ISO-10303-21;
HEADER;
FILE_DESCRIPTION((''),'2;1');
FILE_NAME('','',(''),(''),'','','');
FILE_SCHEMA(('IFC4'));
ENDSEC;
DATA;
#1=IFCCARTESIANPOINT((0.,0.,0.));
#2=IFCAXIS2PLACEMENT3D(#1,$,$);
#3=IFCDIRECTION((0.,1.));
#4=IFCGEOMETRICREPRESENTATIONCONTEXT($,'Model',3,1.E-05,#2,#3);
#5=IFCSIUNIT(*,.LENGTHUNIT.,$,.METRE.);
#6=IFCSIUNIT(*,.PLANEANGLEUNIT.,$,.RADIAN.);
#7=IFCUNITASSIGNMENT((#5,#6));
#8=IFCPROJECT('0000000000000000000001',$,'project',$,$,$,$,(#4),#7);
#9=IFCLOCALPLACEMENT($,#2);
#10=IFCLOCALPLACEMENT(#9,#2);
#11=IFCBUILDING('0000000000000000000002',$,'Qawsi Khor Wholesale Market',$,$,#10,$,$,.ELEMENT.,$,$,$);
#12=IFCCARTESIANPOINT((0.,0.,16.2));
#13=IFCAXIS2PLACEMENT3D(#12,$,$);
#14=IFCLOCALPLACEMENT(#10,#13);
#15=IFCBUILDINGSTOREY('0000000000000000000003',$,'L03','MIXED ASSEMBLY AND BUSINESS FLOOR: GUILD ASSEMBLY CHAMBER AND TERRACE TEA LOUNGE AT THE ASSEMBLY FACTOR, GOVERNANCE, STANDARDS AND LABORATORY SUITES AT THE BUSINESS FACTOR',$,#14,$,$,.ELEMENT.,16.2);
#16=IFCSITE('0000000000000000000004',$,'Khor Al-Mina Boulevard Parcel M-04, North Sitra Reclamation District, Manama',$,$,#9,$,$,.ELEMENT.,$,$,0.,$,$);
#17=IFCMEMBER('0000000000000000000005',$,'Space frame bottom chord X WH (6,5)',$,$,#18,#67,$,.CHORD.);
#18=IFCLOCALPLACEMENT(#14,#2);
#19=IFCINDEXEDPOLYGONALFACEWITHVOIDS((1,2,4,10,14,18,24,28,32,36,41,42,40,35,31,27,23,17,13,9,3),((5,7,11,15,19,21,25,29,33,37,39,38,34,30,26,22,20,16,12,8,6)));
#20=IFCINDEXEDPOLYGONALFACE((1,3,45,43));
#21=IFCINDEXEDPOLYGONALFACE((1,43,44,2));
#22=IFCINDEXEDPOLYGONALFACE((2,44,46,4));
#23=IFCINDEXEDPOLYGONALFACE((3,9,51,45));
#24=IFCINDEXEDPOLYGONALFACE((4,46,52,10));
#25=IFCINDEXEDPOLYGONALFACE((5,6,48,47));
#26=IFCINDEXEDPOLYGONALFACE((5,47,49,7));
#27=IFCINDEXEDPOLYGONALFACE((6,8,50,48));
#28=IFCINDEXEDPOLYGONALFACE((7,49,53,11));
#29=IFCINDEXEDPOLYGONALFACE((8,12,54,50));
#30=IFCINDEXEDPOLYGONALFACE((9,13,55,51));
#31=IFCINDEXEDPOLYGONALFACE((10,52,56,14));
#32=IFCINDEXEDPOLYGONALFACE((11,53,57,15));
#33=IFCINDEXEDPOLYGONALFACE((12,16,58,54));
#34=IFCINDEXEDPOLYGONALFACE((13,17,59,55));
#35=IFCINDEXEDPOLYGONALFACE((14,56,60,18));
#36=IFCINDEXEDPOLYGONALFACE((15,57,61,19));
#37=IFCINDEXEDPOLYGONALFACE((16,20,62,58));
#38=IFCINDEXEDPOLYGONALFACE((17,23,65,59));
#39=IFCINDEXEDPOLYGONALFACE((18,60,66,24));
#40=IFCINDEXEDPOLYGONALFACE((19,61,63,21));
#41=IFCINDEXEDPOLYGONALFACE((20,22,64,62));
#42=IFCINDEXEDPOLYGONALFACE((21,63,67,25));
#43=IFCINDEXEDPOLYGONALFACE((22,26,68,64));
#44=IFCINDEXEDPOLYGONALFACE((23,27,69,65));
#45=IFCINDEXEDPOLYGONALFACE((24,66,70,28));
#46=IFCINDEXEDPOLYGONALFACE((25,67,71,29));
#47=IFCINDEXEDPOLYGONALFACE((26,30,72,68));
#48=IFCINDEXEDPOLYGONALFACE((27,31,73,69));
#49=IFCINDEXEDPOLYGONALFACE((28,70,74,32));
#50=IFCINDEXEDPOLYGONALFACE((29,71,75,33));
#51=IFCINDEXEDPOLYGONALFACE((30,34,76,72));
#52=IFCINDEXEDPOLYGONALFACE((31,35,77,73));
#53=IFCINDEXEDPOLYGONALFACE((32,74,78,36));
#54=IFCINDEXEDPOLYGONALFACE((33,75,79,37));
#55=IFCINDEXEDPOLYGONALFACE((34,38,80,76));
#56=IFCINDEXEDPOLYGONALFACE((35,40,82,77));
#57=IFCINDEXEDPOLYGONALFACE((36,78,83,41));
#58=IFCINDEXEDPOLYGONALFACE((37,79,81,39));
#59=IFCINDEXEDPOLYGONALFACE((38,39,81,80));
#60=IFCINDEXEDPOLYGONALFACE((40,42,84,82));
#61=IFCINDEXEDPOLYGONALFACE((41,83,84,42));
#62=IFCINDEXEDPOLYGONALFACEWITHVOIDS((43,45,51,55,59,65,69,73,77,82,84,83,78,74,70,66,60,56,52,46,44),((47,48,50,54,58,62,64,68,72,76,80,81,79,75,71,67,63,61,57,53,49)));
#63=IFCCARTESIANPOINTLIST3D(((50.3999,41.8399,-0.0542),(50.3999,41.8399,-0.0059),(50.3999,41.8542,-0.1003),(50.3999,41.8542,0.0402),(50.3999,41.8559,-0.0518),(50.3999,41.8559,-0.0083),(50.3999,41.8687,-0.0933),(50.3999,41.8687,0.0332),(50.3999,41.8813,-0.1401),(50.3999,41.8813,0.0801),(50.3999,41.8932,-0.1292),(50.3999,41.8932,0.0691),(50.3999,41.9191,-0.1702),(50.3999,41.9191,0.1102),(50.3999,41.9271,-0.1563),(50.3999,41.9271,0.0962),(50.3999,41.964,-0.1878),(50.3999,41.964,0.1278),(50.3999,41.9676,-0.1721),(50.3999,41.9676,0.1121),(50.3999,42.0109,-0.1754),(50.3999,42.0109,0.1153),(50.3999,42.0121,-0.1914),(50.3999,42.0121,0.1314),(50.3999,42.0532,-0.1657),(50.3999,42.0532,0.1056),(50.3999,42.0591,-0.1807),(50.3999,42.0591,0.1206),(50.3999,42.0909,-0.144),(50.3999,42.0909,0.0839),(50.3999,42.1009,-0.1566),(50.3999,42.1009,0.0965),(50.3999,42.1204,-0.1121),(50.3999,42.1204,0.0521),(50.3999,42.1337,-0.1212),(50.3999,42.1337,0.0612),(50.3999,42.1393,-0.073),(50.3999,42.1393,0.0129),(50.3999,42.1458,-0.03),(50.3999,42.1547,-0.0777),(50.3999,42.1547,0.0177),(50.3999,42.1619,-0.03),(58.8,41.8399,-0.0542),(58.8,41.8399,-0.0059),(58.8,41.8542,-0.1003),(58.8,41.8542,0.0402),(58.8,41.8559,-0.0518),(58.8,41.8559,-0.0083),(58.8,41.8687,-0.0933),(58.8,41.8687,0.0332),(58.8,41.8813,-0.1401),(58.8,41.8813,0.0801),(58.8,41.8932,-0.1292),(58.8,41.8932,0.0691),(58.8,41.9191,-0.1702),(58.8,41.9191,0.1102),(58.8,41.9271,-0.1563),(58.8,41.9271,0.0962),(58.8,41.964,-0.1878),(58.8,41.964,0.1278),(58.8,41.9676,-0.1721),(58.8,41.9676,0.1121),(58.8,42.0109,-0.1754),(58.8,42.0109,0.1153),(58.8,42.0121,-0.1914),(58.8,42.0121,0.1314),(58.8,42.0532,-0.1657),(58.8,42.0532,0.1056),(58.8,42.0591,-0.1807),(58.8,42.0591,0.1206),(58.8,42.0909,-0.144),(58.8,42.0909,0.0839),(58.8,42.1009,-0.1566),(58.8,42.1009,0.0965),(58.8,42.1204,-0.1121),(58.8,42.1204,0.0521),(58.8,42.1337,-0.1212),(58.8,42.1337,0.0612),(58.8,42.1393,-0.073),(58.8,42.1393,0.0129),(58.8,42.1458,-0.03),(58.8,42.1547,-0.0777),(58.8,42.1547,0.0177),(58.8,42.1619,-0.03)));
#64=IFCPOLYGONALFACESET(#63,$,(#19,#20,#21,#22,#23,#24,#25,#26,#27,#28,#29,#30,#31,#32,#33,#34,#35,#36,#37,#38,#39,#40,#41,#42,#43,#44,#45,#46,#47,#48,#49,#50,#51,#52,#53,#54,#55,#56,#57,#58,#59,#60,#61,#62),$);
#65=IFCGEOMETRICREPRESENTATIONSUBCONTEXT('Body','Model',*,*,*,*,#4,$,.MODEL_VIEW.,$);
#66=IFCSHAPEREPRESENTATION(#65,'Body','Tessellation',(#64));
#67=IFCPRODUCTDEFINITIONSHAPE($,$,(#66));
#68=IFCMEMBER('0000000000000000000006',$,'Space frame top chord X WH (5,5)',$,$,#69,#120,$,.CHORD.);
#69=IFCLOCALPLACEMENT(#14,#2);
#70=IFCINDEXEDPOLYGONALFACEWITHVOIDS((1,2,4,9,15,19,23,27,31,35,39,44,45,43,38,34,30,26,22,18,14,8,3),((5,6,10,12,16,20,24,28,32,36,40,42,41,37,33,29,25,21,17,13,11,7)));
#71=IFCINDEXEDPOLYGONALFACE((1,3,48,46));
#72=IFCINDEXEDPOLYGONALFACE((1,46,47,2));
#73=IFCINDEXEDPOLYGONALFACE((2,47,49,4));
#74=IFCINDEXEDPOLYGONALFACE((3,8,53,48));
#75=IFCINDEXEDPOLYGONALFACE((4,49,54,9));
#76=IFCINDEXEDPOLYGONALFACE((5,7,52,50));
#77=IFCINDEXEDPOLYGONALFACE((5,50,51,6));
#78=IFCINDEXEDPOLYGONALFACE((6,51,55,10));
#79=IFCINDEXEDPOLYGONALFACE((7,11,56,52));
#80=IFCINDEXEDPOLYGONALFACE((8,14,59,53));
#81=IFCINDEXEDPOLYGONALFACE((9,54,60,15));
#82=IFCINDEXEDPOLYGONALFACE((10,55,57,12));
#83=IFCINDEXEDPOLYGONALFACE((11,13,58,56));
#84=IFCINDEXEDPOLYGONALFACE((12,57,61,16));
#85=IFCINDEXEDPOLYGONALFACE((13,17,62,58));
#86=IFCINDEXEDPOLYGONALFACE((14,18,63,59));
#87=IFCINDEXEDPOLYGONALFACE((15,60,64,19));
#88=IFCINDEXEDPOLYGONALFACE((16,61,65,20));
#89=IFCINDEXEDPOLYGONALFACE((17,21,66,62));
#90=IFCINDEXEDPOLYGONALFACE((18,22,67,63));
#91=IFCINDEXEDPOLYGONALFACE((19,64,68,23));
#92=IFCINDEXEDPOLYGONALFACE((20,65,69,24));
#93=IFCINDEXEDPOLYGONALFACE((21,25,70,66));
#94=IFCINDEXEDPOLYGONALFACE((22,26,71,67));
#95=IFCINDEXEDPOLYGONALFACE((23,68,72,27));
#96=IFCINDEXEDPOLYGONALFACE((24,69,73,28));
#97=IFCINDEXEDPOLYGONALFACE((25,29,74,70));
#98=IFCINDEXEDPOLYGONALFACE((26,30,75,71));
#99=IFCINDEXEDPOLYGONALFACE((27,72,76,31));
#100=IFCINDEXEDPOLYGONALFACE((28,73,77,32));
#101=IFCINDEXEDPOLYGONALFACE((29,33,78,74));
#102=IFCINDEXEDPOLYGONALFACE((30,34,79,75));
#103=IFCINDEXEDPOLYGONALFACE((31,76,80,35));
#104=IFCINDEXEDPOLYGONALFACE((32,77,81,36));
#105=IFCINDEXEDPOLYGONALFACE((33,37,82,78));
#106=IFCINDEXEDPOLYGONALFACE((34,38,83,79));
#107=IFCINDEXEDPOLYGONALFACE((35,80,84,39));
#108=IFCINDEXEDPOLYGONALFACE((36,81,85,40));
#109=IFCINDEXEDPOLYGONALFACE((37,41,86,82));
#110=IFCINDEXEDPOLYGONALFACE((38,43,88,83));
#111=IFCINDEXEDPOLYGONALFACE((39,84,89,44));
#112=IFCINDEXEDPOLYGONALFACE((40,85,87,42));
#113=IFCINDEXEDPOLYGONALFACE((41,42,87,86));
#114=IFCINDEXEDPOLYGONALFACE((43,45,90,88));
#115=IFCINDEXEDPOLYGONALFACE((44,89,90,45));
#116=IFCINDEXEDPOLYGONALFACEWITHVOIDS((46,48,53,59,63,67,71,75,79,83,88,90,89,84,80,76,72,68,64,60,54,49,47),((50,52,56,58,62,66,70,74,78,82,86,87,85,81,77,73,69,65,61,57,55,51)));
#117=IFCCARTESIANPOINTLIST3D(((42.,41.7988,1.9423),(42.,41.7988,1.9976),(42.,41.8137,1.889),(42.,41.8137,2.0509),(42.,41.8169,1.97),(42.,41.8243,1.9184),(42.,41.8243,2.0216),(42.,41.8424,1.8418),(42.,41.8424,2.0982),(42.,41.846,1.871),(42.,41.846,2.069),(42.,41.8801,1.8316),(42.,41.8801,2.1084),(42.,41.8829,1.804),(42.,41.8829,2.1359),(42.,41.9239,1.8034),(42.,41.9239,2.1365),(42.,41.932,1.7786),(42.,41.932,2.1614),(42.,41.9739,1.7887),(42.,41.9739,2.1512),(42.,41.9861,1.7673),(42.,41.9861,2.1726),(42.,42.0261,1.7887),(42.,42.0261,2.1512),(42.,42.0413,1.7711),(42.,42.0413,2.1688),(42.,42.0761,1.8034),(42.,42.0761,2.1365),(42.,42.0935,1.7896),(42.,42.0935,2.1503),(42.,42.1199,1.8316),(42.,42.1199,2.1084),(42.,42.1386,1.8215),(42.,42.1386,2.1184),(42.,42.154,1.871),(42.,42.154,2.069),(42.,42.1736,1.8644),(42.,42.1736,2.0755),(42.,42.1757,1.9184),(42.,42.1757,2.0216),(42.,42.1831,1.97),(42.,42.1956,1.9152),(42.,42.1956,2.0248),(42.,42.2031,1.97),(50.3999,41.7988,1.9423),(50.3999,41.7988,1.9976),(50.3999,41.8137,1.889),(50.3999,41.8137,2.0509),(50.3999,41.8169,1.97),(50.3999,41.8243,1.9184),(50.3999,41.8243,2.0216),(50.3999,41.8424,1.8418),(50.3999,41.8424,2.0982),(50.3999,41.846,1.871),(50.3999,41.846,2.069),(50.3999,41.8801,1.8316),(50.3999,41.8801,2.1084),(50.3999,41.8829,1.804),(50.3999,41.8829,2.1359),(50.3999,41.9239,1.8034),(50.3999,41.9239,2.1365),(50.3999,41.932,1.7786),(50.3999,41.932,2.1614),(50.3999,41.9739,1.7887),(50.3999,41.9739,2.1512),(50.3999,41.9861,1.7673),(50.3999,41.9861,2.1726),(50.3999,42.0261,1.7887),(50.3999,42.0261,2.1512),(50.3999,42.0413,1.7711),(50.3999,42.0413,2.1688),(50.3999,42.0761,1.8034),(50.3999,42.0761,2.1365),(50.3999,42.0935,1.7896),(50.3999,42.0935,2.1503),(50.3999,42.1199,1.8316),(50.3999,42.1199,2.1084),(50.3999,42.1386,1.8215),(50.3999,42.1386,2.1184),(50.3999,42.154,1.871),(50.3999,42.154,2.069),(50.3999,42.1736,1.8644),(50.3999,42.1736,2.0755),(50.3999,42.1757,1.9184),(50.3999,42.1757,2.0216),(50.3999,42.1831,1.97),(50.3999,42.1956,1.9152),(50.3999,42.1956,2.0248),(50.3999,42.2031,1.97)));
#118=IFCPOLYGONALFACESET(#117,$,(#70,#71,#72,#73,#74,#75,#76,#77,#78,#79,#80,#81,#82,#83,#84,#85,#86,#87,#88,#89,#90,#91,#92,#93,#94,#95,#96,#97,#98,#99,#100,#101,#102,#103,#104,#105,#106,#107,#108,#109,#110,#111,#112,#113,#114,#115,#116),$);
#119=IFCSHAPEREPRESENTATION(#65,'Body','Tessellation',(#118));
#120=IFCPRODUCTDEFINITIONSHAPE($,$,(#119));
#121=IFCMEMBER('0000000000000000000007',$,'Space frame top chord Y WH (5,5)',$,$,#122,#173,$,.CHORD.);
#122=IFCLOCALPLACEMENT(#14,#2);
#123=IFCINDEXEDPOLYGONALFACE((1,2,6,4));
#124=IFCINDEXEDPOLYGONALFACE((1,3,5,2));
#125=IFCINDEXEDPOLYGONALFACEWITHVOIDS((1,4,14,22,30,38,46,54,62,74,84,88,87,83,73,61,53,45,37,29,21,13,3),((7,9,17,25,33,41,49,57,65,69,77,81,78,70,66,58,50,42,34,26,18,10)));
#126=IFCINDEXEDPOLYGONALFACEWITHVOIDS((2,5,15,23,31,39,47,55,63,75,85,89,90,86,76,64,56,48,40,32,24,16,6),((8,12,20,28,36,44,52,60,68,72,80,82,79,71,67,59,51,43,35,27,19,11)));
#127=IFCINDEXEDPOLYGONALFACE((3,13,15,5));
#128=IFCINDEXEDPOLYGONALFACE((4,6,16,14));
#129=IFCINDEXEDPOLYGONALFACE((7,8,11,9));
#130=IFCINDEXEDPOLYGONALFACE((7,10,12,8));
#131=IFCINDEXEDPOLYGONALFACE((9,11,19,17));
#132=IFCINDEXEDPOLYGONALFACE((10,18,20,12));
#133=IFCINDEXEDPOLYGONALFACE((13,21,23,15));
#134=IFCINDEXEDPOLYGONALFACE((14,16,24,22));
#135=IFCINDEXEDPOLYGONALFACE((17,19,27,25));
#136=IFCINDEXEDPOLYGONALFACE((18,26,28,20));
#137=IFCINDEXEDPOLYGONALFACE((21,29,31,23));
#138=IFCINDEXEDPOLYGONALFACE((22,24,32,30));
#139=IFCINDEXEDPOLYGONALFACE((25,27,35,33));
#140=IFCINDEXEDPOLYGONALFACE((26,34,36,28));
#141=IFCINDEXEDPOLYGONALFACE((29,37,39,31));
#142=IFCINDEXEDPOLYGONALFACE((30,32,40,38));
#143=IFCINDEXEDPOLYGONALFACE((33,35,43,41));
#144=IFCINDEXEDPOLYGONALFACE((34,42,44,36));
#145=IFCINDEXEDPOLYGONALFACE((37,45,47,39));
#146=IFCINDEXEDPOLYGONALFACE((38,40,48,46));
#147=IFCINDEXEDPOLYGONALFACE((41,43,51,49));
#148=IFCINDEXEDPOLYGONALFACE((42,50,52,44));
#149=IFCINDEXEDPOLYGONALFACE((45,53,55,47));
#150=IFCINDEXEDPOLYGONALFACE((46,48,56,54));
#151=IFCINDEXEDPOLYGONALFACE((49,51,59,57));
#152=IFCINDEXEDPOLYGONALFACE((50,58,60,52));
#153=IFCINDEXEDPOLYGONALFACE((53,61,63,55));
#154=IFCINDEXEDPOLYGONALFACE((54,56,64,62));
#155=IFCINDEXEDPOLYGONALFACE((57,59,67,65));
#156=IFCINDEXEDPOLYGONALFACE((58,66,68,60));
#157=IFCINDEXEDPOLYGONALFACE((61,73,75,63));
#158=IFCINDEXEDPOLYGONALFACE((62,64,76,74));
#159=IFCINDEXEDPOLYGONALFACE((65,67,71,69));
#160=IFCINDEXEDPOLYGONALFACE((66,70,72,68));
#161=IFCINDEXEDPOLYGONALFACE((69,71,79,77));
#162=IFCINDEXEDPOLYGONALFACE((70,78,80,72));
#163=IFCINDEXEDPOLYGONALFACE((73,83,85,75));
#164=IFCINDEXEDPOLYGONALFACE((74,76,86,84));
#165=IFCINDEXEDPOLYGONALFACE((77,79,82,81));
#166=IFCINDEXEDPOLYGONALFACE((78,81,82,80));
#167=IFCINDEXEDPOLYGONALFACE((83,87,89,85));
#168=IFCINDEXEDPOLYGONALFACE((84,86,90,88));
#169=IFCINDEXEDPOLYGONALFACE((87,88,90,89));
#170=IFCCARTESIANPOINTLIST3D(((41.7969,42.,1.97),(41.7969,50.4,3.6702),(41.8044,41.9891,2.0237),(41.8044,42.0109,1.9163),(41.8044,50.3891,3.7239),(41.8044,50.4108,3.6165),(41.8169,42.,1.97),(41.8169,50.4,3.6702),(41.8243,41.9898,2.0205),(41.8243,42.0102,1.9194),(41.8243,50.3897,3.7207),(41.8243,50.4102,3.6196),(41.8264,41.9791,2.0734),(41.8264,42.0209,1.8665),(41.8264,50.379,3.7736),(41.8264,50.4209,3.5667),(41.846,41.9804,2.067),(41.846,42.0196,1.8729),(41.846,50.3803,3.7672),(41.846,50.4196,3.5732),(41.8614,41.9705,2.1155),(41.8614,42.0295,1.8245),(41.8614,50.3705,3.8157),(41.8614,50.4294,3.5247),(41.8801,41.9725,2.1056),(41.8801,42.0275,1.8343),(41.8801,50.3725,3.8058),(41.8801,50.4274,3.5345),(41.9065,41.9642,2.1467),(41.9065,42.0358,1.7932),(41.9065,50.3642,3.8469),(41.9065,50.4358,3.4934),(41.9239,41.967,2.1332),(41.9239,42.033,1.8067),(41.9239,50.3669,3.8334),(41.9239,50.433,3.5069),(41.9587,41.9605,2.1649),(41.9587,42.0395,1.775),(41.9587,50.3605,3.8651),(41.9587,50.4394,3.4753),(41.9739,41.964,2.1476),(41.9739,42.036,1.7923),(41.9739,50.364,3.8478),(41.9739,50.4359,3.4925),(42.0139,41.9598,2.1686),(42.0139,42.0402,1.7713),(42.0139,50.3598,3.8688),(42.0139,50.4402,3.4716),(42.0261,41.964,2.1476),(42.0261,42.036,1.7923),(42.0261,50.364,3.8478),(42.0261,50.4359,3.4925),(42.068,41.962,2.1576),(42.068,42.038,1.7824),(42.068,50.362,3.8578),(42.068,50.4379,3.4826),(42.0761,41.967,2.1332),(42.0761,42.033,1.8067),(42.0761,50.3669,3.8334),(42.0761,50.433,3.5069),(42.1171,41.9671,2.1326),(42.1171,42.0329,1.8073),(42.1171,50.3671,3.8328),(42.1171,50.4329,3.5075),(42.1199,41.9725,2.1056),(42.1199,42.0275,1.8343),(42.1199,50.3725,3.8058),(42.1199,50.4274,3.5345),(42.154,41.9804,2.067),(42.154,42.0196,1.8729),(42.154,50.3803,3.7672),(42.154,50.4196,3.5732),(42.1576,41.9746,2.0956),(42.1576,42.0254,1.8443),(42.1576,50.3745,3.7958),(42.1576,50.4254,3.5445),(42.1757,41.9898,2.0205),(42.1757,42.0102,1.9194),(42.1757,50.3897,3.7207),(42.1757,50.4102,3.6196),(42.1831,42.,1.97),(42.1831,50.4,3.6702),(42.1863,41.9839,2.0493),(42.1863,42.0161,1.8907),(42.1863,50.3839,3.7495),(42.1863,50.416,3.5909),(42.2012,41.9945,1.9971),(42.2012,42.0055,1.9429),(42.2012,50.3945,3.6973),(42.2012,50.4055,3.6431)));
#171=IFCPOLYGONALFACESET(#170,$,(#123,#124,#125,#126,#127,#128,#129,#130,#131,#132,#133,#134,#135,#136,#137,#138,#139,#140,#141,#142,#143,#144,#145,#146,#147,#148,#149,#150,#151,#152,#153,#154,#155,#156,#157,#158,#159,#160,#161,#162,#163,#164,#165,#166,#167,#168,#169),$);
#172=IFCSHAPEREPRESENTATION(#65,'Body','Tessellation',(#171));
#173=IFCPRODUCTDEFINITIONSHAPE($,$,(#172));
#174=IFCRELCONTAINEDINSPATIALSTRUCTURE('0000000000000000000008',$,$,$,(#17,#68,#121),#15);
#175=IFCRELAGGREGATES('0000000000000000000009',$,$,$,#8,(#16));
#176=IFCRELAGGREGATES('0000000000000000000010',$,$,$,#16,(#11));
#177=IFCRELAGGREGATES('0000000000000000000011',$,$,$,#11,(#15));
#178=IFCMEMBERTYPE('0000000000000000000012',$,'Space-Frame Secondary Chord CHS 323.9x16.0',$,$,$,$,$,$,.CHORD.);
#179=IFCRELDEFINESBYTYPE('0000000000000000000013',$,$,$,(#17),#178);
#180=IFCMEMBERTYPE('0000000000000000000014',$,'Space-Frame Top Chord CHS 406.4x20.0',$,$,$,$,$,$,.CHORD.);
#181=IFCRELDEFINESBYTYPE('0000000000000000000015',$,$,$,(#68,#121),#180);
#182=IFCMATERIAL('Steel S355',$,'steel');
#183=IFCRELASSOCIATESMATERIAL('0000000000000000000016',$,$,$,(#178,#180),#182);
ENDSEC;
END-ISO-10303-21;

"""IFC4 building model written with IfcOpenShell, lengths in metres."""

from ifc_helpers import new_model, si_unit, direction, frame, origin, origin_2d, place, context, subcontext, project, spatial, hollow_circle, extrude, material, material_profile, profile_set, type_object, element, save


model = new_model("IFC4")

# Units and contexts
model_context = context("Model", 3, precision=1e-05, world=origin(), true_north=direction((0.0, 1.0)))
body_context = subcontext(model_context, "Body", "Model", "MODEL_VIEW")
ifc_project = project(units=[si_unit("LENGTHUNIT", "METRE"), si_unit("PLANEANGLEUNIT", "RADIAN")], contexts=[model_context])

# Site, building, storey
site_placement = place(None, origin())
site = spatial("IfcSite", under=ifc_project, at=site_placement, Name="Khor Al-Mina Boulevard Parcel M-04, North Sitra Reclamation District, Manama", CompositionType="ELEMENT", RefElevation=0.0)
building_placement = place(site_placement, origin())
building = spatial("IfcBuilding", under=site, at=building_placement, Name="Qawsi Khor Wholesale Market", CompositionType="ELEMENT")
storey_placement = place(building_placement, frame((0.0, 0.0, 16.2)))
storey = spatial("IfcBuildingStorey", under=building, at=storey_placement, Name="L03", Description="MIXED ASSEMBLY AND BUSINESS FLOOR: GUILD ASSEMBLY CHAMBER AND TERRACE TEA LOUNGE AT THE ASSEMBLY FACTOR, GOVERNANCE, STANDARDS AND LABORATORY SUITES AT THE BUSINESS FACTOR", CompositionType="ELEMENT", Elevation=16.2)

# Shared definitions
ifc_material_1 = material(Name="Steel S355", Category="steel")

# Members
ifc_material_profile_1 = material_profile(ifc_material_1, hollow_circle(Radius=0.1619, WallThickness=0.0161, at=origin_2d()), Name="CHS 323.9x16.0")
ifc_profile_set_1 = profile_set([ifc_material_profile_1], Name="Steel S355")
member_type_1 = type_object("IfcMemberType", Name="Space-Frame Secondary Chord CHS 323.9x16.0", PredefinedType="CHORD", material=ifc_profile_set_1)
member_1_placement = place(storey_placement, frame((50.3999, 42.0, -0.03), z_axis=(1.0, 0.0, 0.0), x_axis=(0.0, 1.0, 0.0)))
element("IfcMember", 1, at=member_1_placement, inside=storey, type_object=member_type_1, Name="Space frame bottom chord X WH (6,5)", PredefinedType="CHORD", context=body_context, shape_type="SweptSolid", body=[
    extrude(hollow_circle(Radius=0.1619, WallThickness=0.0161, at=origin_2d()), origin(), (0.0, 0.0, 1.0), 8.4001),
])
ifc_material_profile_2 = material_profile(ifc_material_1, hollow_circle(Radius=0.2031, WallThickness=0.02, at=origin_2d()), Name="CHS 406.4x20.0")
ifc_profile_set_2 = profile_set([ifc_material_profile_2], Name="Steel S355")
member_type_2 = type_object("IfcMemberType", Name="Space-Frame Top Chord CHS 406.4x20.0", PredefinedType="CHORD", material=ifc_profile_set_2)
member_2_placement = place(storey_placement, frame((42.0, 42.0, 1.97), z_axis=(1.0, 0.0, 0.0), x_axis=(0.0, 1.0, 0.0)))
element("IfcMember", 2, at=member_2_placement, inside=storey, type_object=member_type_2, Name="Space frame top chord X WH (5,5)", PredefinedType="CHORD", context=body_context, shape_type="SweptSolid", body=[
    extrude(hollow_circle(Radius=0.2031, WallThickness=0.02, at=origin_2d()), origin(), (0.0, 0.0, 1.0), 8.3999),
])
member_3_placement = place(storey_placement, frame((42.0, 42.0, 1.97), z_axis=(0.0, 0.980124, 0.198384), x_axis=(-1.0, 0.0, 0.0)))
element("IfcMember", 3, at=member_3_placement, inside=storey, type_object=member_type_2, Name="Space frame top chord Y WH (5,5)", PredefinedType="CHORD", context=body_context, shape_type="SweptSolid", body=[
    extrude(hollow_circle(Radius=0.2031, WallThickness=0.02, at=origin_2d()), origin(), (0.0, 0.0, 1.0), 8.5703),
])

save(model, "model.ifc")
